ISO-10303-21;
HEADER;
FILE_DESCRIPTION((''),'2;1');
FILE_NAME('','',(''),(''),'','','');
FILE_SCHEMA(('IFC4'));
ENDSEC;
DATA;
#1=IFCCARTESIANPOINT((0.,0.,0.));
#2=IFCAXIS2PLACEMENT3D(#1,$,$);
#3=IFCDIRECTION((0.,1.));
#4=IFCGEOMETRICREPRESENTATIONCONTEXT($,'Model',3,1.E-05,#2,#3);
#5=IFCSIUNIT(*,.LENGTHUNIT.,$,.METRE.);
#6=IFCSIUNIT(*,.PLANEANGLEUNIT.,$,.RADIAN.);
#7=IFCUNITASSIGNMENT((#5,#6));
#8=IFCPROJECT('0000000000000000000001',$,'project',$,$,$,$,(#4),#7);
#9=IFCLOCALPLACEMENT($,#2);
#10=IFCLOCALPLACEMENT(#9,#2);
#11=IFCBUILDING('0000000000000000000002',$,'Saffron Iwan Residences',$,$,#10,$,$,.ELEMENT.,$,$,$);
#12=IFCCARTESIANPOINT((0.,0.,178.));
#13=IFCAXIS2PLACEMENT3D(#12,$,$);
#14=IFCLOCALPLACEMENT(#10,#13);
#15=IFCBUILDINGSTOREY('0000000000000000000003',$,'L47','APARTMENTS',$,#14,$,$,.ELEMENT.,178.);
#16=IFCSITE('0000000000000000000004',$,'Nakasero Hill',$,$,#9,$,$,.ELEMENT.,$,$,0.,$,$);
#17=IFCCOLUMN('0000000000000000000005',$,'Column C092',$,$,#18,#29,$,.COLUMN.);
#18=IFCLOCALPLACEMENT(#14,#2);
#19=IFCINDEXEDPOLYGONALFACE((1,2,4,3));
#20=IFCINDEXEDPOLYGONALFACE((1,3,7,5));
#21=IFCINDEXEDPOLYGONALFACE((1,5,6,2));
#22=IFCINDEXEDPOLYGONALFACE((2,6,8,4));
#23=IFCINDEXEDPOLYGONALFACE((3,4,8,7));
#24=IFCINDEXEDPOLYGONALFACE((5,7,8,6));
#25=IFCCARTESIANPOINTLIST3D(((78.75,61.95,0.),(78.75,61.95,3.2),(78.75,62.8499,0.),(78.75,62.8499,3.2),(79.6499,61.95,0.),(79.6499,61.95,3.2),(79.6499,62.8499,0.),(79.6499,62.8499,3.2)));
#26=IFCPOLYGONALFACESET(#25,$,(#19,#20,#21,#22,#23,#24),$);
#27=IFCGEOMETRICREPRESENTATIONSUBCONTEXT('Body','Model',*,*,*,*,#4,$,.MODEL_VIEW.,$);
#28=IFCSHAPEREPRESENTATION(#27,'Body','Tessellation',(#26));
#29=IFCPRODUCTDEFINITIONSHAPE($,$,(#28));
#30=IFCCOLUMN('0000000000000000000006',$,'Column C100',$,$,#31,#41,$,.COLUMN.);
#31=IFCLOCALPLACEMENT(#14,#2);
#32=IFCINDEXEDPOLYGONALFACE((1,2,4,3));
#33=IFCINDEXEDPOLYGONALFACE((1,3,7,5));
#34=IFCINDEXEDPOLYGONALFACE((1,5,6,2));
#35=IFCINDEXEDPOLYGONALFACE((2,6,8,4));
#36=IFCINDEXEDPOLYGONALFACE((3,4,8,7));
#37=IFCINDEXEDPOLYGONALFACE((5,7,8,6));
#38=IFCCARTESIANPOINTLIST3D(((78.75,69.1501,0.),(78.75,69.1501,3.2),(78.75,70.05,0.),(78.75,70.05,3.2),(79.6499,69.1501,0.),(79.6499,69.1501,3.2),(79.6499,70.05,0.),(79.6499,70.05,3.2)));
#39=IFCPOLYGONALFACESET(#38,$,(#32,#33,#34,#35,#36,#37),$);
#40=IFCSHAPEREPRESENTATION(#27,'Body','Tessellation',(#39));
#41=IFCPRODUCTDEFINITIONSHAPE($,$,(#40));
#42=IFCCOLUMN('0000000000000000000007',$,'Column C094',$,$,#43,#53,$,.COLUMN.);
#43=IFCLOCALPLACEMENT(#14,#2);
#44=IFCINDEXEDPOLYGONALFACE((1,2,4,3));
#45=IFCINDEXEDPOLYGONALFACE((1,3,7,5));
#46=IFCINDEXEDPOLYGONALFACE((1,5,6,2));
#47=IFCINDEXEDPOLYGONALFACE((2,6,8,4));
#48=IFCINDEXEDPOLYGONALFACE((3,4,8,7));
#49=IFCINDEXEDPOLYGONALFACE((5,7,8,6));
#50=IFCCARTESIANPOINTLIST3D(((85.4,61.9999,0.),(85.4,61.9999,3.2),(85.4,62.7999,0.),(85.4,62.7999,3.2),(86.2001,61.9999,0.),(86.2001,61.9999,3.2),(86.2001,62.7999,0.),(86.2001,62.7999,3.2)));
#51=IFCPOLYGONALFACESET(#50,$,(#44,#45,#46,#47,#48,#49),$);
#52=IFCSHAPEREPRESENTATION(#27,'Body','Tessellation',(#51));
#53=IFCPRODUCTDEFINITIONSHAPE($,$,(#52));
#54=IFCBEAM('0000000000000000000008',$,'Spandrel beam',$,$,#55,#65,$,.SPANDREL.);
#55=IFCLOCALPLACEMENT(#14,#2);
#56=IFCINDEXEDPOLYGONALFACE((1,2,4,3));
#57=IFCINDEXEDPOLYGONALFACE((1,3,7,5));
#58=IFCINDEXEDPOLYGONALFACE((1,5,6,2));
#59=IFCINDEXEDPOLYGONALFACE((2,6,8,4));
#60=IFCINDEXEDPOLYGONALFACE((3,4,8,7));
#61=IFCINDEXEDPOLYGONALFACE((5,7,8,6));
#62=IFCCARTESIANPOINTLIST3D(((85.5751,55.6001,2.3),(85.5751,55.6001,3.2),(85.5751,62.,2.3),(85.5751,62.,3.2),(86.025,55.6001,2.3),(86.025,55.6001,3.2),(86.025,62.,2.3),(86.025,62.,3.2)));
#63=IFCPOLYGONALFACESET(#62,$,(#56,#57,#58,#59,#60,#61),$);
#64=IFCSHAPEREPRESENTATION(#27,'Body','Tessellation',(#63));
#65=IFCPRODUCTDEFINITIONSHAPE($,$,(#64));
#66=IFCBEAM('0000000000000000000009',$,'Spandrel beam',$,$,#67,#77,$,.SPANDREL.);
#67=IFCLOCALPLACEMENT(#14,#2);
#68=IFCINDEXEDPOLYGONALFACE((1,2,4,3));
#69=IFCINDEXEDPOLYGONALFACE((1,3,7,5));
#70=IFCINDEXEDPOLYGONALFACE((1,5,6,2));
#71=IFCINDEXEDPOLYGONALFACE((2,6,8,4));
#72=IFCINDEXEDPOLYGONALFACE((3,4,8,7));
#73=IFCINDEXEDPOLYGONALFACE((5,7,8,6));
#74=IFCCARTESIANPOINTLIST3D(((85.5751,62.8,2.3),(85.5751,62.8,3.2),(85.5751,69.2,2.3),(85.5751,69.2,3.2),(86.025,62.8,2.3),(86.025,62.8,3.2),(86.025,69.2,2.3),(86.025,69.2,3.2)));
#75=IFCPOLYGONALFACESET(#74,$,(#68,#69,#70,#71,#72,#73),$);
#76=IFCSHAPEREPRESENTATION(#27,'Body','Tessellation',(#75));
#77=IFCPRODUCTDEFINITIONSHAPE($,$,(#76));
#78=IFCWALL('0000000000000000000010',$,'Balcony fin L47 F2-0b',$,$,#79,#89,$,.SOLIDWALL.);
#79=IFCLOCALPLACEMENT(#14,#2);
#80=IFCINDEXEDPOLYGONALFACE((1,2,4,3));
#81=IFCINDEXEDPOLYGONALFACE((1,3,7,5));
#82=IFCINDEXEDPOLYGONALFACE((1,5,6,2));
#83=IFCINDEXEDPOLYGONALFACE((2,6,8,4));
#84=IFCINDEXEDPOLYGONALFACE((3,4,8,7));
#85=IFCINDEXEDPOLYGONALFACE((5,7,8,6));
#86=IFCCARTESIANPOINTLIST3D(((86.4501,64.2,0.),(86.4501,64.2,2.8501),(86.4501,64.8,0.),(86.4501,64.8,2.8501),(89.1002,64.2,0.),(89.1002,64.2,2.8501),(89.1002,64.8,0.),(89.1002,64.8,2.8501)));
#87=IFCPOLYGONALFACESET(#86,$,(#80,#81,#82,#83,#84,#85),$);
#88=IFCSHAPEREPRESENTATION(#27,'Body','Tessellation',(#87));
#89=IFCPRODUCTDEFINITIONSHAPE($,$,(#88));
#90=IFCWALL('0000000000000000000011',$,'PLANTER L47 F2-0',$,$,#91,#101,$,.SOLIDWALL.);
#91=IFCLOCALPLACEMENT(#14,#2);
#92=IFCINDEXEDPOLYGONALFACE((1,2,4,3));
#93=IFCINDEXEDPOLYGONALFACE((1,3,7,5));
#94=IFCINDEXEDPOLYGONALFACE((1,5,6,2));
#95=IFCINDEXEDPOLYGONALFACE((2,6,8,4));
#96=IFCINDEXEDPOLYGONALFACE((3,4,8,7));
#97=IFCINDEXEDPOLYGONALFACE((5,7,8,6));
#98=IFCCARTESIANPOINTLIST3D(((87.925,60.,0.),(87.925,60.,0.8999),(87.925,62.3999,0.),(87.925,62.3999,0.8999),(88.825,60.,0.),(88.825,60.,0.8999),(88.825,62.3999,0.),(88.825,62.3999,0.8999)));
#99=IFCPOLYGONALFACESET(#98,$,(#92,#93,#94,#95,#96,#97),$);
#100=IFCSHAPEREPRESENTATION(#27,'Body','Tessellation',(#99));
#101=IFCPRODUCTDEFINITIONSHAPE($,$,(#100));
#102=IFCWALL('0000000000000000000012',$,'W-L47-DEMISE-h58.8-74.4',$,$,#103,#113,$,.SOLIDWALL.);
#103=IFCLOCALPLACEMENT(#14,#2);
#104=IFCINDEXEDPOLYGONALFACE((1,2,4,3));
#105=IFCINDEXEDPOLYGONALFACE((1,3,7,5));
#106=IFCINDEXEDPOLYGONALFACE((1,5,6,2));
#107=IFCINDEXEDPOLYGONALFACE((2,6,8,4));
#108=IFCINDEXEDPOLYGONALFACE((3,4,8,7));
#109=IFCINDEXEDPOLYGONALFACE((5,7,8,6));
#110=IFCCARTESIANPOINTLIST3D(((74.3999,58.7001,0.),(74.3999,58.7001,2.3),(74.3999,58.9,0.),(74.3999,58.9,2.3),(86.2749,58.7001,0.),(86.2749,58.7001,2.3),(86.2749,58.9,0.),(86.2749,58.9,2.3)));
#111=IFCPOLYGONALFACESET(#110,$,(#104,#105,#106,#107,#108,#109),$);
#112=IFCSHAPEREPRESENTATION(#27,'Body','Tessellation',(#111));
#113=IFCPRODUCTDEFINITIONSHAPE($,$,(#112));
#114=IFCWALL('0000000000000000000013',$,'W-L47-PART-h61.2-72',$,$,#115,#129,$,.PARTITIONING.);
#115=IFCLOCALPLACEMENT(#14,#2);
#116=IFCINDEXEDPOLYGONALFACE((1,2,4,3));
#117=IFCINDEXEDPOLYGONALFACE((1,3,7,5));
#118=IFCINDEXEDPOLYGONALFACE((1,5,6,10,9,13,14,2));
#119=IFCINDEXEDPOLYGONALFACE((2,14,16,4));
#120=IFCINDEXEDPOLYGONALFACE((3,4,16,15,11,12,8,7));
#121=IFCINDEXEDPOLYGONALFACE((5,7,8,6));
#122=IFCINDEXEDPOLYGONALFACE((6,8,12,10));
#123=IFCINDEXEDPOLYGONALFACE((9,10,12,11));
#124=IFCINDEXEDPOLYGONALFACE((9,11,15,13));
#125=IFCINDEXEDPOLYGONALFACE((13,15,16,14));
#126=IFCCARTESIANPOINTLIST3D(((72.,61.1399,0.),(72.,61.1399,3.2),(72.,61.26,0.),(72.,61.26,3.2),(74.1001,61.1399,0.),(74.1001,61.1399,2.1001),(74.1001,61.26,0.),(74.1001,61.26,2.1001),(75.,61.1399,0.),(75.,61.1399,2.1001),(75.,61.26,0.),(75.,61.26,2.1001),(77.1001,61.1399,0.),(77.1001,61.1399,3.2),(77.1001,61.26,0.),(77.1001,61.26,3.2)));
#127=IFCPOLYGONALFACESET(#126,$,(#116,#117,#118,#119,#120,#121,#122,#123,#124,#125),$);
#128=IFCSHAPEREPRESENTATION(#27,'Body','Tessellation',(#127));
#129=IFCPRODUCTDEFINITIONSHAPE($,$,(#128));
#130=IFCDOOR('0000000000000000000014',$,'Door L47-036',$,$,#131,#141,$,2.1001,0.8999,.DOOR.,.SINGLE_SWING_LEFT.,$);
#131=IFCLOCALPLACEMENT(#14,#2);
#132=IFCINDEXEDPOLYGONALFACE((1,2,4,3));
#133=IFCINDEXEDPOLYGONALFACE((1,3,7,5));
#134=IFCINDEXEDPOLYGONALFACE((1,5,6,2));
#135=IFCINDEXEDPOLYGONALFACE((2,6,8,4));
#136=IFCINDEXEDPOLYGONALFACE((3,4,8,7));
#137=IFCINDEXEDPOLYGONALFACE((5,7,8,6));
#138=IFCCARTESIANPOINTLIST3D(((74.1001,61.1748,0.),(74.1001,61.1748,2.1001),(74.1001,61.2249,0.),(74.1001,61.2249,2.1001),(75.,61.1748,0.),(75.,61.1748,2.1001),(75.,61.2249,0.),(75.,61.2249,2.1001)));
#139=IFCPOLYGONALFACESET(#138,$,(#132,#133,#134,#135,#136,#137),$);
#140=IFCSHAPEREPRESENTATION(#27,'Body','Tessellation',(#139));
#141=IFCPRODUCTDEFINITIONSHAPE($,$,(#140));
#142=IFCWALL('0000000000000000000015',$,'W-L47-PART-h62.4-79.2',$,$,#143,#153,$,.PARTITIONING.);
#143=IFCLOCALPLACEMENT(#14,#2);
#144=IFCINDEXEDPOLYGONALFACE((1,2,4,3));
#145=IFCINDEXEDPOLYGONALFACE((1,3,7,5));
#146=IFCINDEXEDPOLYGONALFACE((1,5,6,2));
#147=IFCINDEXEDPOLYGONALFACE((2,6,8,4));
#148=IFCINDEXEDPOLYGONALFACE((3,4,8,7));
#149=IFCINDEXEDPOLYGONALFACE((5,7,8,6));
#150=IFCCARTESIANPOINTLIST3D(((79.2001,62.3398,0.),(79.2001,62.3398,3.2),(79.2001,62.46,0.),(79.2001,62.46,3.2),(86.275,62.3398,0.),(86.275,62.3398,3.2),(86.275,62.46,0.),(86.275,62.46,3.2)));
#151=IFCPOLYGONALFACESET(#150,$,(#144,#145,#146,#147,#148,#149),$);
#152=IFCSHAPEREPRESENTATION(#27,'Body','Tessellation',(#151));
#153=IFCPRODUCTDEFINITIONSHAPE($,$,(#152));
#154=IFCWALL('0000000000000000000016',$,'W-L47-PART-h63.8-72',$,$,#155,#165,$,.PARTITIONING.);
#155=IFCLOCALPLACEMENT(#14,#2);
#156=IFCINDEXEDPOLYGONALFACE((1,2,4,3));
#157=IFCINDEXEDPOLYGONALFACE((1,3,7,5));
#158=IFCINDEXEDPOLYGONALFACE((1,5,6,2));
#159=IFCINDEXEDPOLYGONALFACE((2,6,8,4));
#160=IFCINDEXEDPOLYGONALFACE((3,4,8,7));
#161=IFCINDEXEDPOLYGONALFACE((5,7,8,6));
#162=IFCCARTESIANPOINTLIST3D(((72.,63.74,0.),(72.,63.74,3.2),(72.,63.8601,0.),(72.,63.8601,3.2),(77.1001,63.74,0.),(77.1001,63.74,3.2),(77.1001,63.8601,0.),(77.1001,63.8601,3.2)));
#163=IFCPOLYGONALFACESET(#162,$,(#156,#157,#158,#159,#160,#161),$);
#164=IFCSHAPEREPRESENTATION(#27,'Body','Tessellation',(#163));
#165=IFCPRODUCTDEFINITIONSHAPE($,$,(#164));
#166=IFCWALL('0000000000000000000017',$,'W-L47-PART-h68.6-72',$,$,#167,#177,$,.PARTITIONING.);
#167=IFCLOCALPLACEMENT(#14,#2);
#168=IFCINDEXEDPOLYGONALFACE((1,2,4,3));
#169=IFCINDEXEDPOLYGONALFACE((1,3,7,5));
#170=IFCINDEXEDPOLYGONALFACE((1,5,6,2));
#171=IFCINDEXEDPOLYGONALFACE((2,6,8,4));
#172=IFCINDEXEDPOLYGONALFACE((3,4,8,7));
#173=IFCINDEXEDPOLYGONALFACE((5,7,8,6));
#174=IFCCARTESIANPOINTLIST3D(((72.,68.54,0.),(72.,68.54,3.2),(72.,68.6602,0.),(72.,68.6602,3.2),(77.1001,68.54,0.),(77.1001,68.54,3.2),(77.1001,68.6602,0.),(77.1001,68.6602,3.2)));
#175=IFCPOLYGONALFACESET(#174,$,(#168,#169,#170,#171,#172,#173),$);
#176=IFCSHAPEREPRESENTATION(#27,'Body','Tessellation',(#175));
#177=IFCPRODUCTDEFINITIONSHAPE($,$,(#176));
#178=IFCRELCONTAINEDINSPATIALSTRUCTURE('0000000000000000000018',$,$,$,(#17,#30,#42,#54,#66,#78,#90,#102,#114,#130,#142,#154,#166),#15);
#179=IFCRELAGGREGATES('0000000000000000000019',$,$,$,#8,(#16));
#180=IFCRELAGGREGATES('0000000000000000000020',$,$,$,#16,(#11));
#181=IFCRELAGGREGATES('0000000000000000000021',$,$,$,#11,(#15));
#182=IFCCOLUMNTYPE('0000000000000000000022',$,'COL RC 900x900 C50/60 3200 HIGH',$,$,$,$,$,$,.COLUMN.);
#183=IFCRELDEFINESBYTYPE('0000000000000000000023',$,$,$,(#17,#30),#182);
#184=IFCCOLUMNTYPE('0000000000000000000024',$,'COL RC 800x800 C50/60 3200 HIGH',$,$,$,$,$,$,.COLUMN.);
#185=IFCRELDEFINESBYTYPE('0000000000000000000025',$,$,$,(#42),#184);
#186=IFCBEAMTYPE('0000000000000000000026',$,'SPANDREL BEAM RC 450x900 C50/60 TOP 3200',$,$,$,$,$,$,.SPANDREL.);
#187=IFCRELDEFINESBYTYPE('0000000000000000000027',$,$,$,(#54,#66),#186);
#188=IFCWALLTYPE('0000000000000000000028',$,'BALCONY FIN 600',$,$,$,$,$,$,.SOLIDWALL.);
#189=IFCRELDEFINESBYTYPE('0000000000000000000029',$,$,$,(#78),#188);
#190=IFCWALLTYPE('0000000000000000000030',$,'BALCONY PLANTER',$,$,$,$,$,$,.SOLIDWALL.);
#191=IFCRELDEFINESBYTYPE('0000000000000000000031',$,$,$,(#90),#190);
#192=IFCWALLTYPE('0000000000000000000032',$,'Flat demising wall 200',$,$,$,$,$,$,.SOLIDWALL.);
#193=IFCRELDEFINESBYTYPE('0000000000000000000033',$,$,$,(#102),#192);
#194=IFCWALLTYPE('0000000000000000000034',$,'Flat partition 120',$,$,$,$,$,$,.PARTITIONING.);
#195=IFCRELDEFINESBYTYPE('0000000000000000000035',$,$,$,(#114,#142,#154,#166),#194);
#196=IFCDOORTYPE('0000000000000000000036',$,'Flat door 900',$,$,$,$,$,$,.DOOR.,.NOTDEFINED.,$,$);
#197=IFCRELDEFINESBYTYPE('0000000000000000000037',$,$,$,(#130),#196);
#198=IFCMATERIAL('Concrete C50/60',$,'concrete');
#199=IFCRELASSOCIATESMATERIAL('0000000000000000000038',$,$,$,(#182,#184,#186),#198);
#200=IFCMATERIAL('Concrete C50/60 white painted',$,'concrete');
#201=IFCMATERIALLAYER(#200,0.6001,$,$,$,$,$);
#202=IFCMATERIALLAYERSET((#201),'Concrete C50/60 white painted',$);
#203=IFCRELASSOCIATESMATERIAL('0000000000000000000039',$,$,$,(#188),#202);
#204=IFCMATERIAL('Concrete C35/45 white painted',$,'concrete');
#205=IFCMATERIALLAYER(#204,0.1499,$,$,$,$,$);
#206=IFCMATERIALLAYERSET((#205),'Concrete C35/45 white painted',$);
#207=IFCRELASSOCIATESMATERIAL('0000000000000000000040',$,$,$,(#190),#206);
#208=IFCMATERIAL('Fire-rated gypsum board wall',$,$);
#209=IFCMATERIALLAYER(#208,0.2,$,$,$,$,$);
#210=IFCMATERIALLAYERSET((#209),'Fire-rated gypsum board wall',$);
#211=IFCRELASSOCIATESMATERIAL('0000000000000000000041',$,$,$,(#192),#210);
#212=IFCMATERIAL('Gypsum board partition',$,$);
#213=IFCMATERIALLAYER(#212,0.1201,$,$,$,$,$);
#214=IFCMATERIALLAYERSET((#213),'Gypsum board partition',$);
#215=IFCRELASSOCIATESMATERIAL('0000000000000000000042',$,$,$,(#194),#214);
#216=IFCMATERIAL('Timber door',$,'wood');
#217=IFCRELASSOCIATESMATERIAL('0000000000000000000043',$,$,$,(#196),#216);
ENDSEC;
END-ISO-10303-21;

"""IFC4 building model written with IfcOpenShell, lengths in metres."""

from ifc_helpers import new_model, si_unit, direction, frame, frame_2d, origin, origin_2d, place, context, subcontext, project, spatial, rectangle, extrude, source, transform, mapped, material, layer, layer_set, material_profile, profile_set, type_object, element, fill, save


model = new_model("IFC4")

# Units and contexts
model_context = context("Model", 3, precision=1e-05, world=origin(), true_north=direction((0.0, 1.0)))
body_context = subcontext(model_context, "Body", "Model", "MODEL_VIEW")
ifc_project = project(units=[si_unit("LENGTHUNIT", "METRE"), si_unit("PLANEANGLEUNIT", "RADIAN")], contexts=[model_context])

# Site, building, storey
site_placement = place(None, origin())
site = spatial("IfcSite", under=ifc_project, at=site_placement, Name="Nakasero Hill", CompositionType="ELEMENT", RefElevation=0.0)
building_placement = place(site_placement, origin())
building = spatial("IfcBuilding", under=site, at=building_placement, Name="Saffron Iwan Residences", CompositionType="ELEMENT")
storey_placement = place(building_placement, frame((0.0, 0.0, 178.0)))
storey = spatial("IfcBuildingStorey", under=building, at=storey_placement, Name="L47", Description="APARTMENTS", CompositionType="ELEMENT", Elevation=178.0)

# Columns
ifc_material_1 = material(Name="Concrete C50/60", Category="concrete")
ifc_material_profile_1 = material_profile(ifc_material_1, rectangle(XDim=0.8999, YDim=0.8999, at=origin_2d()), Name="RC 900x900")
ifc_profile_set_1 = profile_set([ifc_material_profile_1], Name="Concrete C50/60")
column_type_1 = type_object("IfcColumnType", Name="COL RC 900x900 C50/60 3200 HIGH", PredefinedType="COLUMN", material=ifc_profile_set_1)
shared_shape_1 = source(origin(), body_context, "Body", "SweptSolid", [
    extrude(rectangle(XDim=0.8999, YDim=0.8999, at=origin_2d()), origin(), (0.0, 0.0, 1.0), 3.2),
])
for number, where, z_axis, x_axis, name in (
    (1, (79.2, 62.3999, 0.0), (0.0, 0.0, 1.0), (1.0, 0.0, 0.0), "Column C092"),
    (2, (79.2, 69.6001, 0.0), (0.0, 0.0, 1.0), (1.0, 0.0, 0.0), "Column C100"),
):
    element("IfcColumn", number, at=place(storey_placement, frame(where, z_axis=z_axis, x_axis=x_axis)), inside=storey, type_object=column_type_1, Name=name, PredefinedType="COLUMN", context=body_context, shape_type="MappedRepresentation", body=[
        mapped(shared_shape_1, transform((0.0, 0.0, 0.0))),
    ])
ifc_material_profile_2 = material_profile(ifc_material_1, rectangle(XDim=0.8, YDim=0.8, at=origin_2d()), Name="RC 800x800")
ifc_profile_set_2 = profile_set([ifc_material_profile_2], Name="Concrete C50/60")
column_type_2 = type_object("IfcColumnType", Name="COL RC 800x800 C50/60 3200 HIGH", PredefinedType="COLUMN", material=ifc_profile_set_2)
shared_shape_2 = source(origin(), body_context, "Body", "SweptSolid", [
    extrude(rectangle(XDim=0.8, YDim=0.8, at=origin_2d()), origin(), (0.0, 0.0, 1.0), 3.2),
])
column_placement = place(storey_placement, frame((85.8, 62.3999, 0.0), z_axis=(0.0, 0.0, 1.0), x_axis=(1.0, 0.0, 0.0)))
element("IfcColumn", 3, at=column_placement, inside=storey, type_object=column_type_2, Name="Column C094", PredefinedType="COLUMN", context=body_context, shape_type="MappedRepresentation", body=[
    mapped(shared_shape_2, transform((0.0, 0.0, 0.0))),
])

# Beams
ifc_material_profile_3 = material_profile(ifc_material_1, rectangle(XDim=0.45, YDim=0.8999, at=origin_2d()), Name="RC 450x900")
ifc_profile_set_3 = profile_set([ifc_material_profile_3], Name="Concrete C50/60")
beam_type = type_object("IfcBeamType", Name="SPANDREL BEAM RC 450x900 C50/60 TOP 3200", PredefinedType="SPANDREL", material=ifc_profile_set_3)
shared_shape_3 = source(origin(), body_context, "Body", "SweptSolid", [
    extrude(rectangle(XDim=0.45, YDim=0.8999, at=origin_2d()), origin(), (0.0, 0.0, 1.0), 6.3999),
])
for number, where, z_axis, x_axis, name in (
    (4, (85.8, 62.0, 2.75), (0.0, -1.0, 0.0), (1.0, 0.0, 0.0), "Spandrel beam"),
    (5, (85.8, 69.2, 2.75), (0.0, -1.0, 0.0), (1.0, 0.0, 0.0), "Spandrel beam"),
):
    element("IfcBeam", number, at=place(storey_placement, frame(where, z_axis=z_axis, x_axis=x_axis)), inside=storey, type_object=beam_type, Name=name, PredefinedType="SPANDREL", context=body_context, shape_type="MappedRepresentation", body=[
        mapped(shared_shape_3, transform((0.0, 0.0, 0.0))),
    ])

# Walls
ifc_material_2 = material(Name="Concrete C50/60 white painted", Category="concrete")
ifc_layer_1 = layer(ifc_material_2, 0.6001)
ifc_layer_set_1 = layer_set([ifc_layer_1], Name="Concrete C50/60 white painted")
wall_type_1 = type_object("IfcWallType", Name="BALCONY FIN 600", PredefinedType="SOLIDWALL", material=ifc_layer_set_1)
wall_1_placement = place(storey_placement, frame((86.45, 64.5, 0.0), z_axis=(0.0, 0.0, 1.0), x_axis=(1.0, 0.0, 0.0)))
element("IfcWall", 6, at=wall_1_placement, inside=storey, type_object=wall_type_1, Name="Balcony fin L47 F2-0b", PredefinedType="SOLIDWALL", context=body_context, shape_type="SweptSolid", body=[
    extrude(rectangle(XDim=2.6501, YDim=0.6001, at=frame_2d((1.3252, 0.0))), origin(), (0.0, 0.0, 1.0), 2.8501),
])
ifc_material_3 = material(Name="Concrete C35/45 white painted", Category="concrete")
ifc_layer_2 = layer(ifc_material_3, 0.1499)
ifc_layer_set_2 = layer_set([ifc_layer_2], Name="Concrete C35/45 white painted")
wall_type_2 = type_object("IfcWallType", Name="BALCONY PLANTER", PredefinedType="SOLIDWALL", material=ifc_layer_set_2)
wall_2_placement = place(storey_placement, frame((88.375, 60.0, 0.0), z_axis=(0.0, 0.0, 1.0), x_axis=(0.0, 1.0, 0.0)))
element("IfcWall", 7, at=wall_2_placement, inside=storey, type_object=wall_type_2, Name="PLANTER L47 F2-0", PredefinedType="SOLIDWALL", context=body_context, shape_type="SweptSolid", body=[
    extrude(rectangle(XDim=2.3999, YDim=0.8999, at=frame_2d((1.2, 0.0))), origin(), (0.0, 0.0, 1.0), 0.8999),
])
ifc_material_4 = material(Name="Fire-rated gypsum board wall")
ifc_layer_3 = layer(ifc_material_4, 0.2)
ifc_layer_set_3 = layer_set([ifc_layer_3], Name="Fire-rated gypsum board wall")
wall_type_3 = type_object("IfcWallType", Name="Flat demising wall 200", PredefinedType="SOLIDWALL", material=ifc_layer_set_3)
wall_3_placement = place(storey_placement, frame((74.3999, 58.8, 0.0), z_axis=(0.0, 0.0, 1.0), x_axis=(1.0, 0.0, 0.0)))
element("IfcWall", 8, at=wall_3_placement, inside=storey, type_object=wall_type_3, Name="W-L47-DEMISE-h58.8-74.4", PredefinedType="SOLIDWALL", context=body_context, shape_type="SweptSolid", body=[
    extrude(rectangle(XDim=11.875, YDim=0.2, at=frame_2d((5.9375, 0.0))), origin(), (0.0, 0.0, 1.0), 2.3),
])

# Wall, opening, door
ifc_material_5 = material(Name="Gypsum board partition")
ifc_layer_4 = layer(ifc_material_5, 0.1201)
ifc_layer_set_4 = layer_set([ifc_layer_4], Name="Gypsum board partition")
wall_type_4 = type_object("IfcWallType", Name="Flat partition 120", PredefinedType="PARTITIONING", material=ifc_layer_set_4)
wall_4_placement = place(storey_placement, frame((72.0, 61.2, 0.0), z_axis=(0.0, 0.0, 1.0), x_axis=(1.0, 0.0, 0.0)))
wall_4 = element("IfcWall", 9, at=wall_4_placement, inside=storey, type_object=wall_type_4, Name="W-L47-PART-h61.2-72", PredefinedType="PARTITIONING", context=body_context, shape_type="SweptSolid", body=[
    extrude(rectangle(XDim=5.1001, YDim=0.1201, at=frame_2d((2.55, 0.0))), origin(), (0.0, 0.0, 1.0), 3.2),
])
opening_1_placement = place(wall_4_placement, frame((2.1001, 0.0, 0.0)))
opening_1 = element("IfcOpeningElement", 10, at=opening_1_placement, cuts=wall_4, PredefinedType="OPENING", context=body_context, shape_type="SweptSolid", body=[
    extrude(rectangle(XDim=0.8999, YDim=2.1001, at=frame_2d((0.45, 1.05))), frame((0.0, 0.0701, 0.0), z_axis=(0.0, -1.0, 0.0), x_axis=(1.0, 0.0, 0.0)), (0.0, 0.0, 1.0), 0.1401),
])
ifc_material_6 = material(Name="Timber door", Category="wood")
door_type_1 = type_object("IfcDoorType", Name="Flat door 900", OperationType="NOTDEFINED", PredefinedType="DOOR", material=ifc_material_6)
door_1_placement = place(opening_1_placement, origin())
door_1 = element("IfcDoor", 11, at=door_1_placement, inside=storey, type_object=door_type_1, Name="Door L47-036", OperationType="SINGLE_SWING_LEFT", OverallHeight=2.1001, OverallWidth=0.8999, PredefinedType="DOOR", context=body_context, shape_type="SweptSolid", body=[
    extrude(rectangle(XDim=0.8999, YDim=2.1001, at=frame_2d((0.45, 1.05))), frame((0.0, 0.0249, 0.0), z_axis=(0.0, -1.0, 0.0), x_axis=(1.0, 0.0, 0.0)), (0.0, 0.0, 1.0), 0.05),
])
fill(opening_1, door_1)

# Walls
wall_5_placement = place(storey_placement, frame((79.2, 62.3999, 0.0), z_axis=(0.0, 0.0, 1.0), x_axis=(1.0, 0.0, 0.0)))
element("IfcWall", 12, at=wall_5_placement, inside=storey, type_object=wall_type_4, Name="W-L47-PART-h62.4-79.2", PredefinedType="PARTITIONING", context=body_context, shape_type="SweptSolid", body=[
    extrude(rectangle(XDim=7.075, YDim=0.1201, at=frame_2d((3.5376, 0.0))), origin(), (0.0, 0.0, 1.0), 3.2),
])
for number, where, z_axis, x_axis, name in (
    (13, (72.0, 63.8, 0.0), (0.0, 0.0, 1.0), (1.0, 0.0, 0.0), "W-L47-PART-h63.8-72"),
    (14, (72.0, 68.6001, 0.0), (0.0, 0.0, 1.0), (1.0, 0.0, 0.0), "W-L47-PART-h68.6-72"),
):
    element("IfcWall", number, at=place(storey_placement, frame(where, z_axis=z_axis, x_axis=x_axis)), inside=storey, type_object=wall_type_4, Name=name, PredefinedType="PARTITIONING", context=body_context, shape_type="SweptSolid", body=[
        extrude(rectangle(XDim=5.1001, YDim=0.1201, at=frame_2d((2.55, 0.0))), origin(), (0.0, 0.0, 1.0), 3.2),
    ])

save(model, "model.ifc")
